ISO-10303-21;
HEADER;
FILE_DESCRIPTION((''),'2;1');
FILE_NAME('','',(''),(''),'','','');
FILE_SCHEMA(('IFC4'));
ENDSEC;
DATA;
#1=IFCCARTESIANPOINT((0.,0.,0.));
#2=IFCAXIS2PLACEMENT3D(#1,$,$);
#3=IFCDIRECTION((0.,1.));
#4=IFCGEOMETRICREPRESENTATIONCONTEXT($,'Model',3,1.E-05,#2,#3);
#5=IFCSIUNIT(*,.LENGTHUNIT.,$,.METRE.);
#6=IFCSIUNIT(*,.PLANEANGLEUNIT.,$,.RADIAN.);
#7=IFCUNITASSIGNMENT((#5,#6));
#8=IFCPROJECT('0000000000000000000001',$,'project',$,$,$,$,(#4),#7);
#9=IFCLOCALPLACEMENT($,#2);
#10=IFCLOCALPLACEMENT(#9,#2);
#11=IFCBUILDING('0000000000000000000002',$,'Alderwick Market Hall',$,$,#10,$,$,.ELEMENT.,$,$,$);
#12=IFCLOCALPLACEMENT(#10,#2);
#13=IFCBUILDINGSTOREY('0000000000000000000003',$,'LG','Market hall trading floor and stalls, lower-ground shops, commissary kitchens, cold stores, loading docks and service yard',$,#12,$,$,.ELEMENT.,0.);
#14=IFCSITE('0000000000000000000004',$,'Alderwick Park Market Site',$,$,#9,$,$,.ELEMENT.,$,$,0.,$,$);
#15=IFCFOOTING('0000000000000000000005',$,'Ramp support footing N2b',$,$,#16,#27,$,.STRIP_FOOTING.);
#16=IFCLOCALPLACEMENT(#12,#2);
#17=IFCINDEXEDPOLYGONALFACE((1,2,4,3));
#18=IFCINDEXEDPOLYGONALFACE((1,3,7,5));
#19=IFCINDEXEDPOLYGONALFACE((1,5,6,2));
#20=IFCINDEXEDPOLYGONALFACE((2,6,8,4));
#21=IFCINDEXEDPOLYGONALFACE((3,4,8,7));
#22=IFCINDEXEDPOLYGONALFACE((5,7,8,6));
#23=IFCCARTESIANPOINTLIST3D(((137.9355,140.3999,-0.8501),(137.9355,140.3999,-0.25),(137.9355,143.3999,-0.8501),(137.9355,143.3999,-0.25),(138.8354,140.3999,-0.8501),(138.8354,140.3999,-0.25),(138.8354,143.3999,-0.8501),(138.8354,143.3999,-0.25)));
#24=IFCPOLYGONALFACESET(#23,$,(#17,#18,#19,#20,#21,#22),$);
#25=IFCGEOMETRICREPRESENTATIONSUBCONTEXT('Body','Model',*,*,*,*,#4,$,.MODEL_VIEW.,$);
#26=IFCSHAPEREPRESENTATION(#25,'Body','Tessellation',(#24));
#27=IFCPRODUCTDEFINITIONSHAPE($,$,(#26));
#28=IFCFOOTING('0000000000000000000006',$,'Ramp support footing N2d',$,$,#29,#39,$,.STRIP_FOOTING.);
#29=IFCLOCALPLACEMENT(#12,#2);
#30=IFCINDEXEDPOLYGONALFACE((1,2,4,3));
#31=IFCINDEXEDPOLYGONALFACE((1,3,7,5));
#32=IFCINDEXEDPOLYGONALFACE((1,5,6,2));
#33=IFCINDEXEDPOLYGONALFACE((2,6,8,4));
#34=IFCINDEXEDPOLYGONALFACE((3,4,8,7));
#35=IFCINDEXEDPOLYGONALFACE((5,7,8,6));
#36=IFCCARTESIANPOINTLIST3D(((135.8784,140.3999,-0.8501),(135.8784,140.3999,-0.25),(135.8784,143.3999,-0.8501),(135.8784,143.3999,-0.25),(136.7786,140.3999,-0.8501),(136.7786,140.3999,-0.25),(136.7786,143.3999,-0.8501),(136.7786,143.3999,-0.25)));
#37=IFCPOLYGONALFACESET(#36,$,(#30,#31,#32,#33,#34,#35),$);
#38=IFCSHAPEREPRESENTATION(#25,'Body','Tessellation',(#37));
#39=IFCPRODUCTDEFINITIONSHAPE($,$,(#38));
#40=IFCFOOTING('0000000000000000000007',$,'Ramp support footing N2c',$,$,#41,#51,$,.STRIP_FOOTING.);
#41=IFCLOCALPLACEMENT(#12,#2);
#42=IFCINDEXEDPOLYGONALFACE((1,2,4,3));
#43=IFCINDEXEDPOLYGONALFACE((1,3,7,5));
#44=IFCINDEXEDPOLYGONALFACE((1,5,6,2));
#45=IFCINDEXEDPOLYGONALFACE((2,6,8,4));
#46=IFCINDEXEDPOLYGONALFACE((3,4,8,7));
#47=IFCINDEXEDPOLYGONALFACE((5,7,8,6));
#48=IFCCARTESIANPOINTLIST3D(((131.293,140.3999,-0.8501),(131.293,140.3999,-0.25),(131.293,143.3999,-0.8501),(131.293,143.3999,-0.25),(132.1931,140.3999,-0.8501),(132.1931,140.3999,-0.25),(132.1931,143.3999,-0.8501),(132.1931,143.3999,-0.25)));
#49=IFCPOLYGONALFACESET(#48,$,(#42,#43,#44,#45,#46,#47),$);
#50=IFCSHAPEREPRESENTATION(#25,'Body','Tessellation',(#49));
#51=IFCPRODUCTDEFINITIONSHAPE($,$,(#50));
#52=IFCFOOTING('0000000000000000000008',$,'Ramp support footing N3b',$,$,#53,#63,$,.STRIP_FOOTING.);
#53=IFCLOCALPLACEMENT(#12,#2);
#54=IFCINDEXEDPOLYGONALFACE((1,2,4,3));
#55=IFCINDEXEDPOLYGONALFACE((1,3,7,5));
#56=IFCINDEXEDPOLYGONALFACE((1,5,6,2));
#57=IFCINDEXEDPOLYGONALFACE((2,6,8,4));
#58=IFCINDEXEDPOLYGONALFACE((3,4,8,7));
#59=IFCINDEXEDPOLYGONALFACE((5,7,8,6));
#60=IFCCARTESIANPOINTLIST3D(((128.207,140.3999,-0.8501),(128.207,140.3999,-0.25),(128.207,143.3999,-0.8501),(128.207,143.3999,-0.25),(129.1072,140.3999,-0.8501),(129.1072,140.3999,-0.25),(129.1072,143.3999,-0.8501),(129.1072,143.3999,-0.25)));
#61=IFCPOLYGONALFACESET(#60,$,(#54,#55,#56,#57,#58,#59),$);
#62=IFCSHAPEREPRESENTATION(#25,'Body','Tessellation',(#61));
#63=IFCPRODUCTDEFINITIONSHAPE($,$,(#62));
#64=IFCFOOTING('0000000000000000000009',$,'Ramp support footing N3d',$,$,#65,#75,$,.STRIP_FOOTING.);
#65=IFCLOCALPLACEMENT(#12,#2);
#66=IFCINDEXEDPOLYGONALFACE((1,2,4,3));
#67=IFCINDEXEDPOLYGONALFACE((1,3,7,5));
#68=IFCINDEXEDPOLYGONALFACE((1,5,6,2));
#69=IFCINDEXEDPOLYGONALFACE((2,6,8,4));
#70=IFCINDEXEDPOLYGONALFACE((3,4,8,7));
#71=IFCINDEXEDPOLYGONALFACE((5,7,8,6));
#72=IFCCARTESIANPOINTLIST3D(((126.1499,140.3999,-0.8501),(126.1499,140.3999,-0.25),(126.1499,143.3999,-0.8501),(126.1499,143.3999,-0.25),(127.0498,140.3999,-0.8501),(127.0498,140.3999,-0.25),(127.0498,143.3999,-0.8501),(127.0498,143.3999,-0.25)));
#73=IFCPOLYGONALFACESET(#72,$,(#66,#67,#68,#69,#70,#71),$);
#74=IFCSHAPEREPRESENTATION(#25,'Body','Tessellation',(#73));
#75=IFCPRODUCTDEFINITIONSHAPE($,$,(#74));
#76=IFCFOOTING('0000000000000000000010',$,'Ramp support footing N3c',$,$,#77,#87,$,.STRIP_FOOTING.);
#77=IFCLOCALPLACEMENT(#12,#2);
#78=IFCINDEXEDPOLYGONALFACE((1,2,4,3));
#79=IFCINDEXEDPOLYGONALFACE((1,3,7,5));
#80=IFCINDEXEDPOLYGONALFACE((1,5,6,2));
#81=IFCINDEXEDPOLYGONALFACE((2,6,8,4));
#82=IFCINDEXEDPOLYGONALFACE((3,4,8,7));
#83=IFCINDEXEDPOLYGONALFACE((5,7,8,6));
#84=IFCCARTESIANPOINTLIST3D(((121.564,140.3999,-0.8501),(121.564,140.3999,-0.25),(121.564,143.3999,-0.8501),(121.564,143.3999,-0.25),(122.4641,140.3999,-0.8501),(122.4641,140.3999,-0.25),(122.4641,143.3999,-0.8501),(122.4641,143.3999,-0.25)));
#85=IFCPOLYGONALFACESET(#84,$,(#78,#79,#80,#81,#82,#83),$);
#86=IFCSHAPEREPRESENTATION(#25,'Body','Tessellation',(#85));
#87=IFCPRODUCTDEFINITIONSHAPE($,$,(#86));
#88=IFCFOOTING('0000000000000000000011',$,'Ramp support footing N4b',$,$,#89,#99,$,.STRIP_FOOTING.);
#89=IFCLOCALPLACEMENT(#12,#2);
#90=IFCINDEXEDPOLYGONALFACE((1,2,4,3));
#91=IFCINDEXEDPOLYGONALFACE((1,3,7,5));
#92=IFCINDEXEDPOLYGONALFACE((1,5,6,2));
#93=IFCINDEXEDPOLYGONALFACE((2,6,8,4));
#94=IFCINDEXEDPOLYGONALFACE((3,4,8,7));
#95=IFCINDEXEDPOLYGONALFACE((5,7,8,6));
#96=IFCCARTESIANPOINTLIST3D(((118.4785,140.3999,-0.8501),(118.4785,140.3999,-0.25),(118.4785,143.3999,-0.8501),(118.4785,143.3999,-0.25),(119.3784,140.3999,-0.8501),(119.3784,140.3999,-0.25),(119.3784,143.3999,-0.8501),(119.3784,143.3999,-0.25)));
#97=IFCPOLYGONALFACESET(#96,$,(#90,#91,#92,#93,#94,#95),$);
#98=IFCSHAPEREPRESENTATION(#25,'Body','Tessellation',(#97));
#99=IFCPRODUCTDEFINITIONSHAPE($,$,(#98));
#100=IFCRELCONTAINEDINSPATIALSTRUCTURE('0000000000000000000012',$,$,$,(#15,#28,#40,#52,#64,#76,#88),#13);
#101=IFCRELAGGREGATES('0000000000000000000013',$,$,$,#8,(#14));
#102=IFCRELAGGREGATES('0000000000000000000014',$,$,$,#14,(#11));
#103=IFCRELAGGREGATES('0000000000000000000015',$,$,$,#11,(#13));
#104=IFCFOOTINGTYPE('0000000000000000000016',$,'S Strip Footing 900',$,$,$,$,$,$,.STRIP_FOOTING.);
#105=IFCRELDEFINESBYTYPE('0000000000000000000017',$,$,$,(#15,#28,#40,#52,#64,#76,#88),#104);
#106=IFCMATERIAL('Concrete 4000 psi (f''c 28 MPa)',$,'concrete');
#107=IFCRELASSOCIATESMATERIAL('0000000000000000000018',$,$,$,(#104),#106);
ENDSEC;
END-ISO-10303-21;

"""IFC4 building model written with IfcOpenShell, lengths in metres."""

from ifc_helpers import new_model, si_unit, direction, frame, origin, place, context, subcontext, project, spatial, polyline, outline, extrude, material, type_object, element, save


model = new_model("IFC4")

# Units and contexts
model_context = context("Model", 3, precision=1e-05, world=origin(), true_north=direction((0.0, 1.0)))
body_context = subcontext(model_context, "Body", "Model", "MODEL_VIEW")
ifc_project = project(units=[si_unit("LENGTHUNIT", "METRE"), si_unit("PLANEANGLEUNIT", "RADIAN")], contexts=[model_context])

# Site, building, storey
site_placement = place(None, origin())
site = spatial("IfcSite", under=ifc_project, at=site_placement, Name="Alderwick Park Market Site", CompositionType="ELEMENT", RefElevation=0.0)
building_placement = place(site_placement, origin())
building = spatial("IfcBuilding", under=site, at=building_placement, Name="Alderwick Market Hall", CompositionType="ELEMENT")
storey_placement = place(building_placement, origin())
storey = spatial("IfcBuildingStorey", under=building, at=storey_placement, Name="LG", Description="Market hall trading floor and stalls, lower-ground shops, commissary kitchens, cold stores, loading docks and service yard", CompositionType="ELEMENT", Elevation=0.0)

# Footings
ifc_material = material(Name="Concrete 4000 psi (f'c 28 MPa)", Category="concrete")
footing_type = type_object("IfcFootingType", Name="S Strip Footing 900", PredefinedType="STRIP_FOOTING", material=ifc_material)
footing_1_placement = place(storey_placement, frame((0.0, 0.0, -0.8501)))
element("IfcFooting", 1, at=footing_1_placement, inside=storey, type_object=footing_type, Name="Ramp support footing N2b", PredefinedType="STRIP_FOOTING", context=body_context, shape_type="SweptSolid", body=[
    extrude(outline(polyline([(138.8354, 140.3999), (138.8354, 143.3999), (137.9355, 143.3999), (137.9355, 140.3999), (138.8354, 140.3999)])), origin(), (0.0, 0.0, 1.0), 0.6001),
])
footing_2_placement = place(storey_placement, frame((0.0, 0.0, -0.8501)))
element("IfcFooting", 2, at=footing_2_placement, inside=storey, type_object=footing_type, Name="Ramp support footing N2d", PredefinedType="STRIP_FOOTING", context=body_context, shape_type="SweptSolid", body=[
    extrude(outline(polyline([(136.7786, 140.3999), (136.7786, 143.3999), (135.8784, 143.3999), (135.8784, 140.3999), (136.7786, 140.3999)])), origin(), (0.0, 0.0, 1.0), 0.6001),
])
footing_3_placement = place(storey_placement, frame((0.0, 0.0, -0.8501)))
element("IfcFooting", 3, at=footing_3_placement, inside=storey, type_object=footing_type, Name="Ramp support footing N2c", PredefinedType="STRIP_FOOTING", context=body_context, shape_type="SweptSolid", body=[
    extrude(outline(polyline([(132.1931, 140.3999), (132.1931, 143.3999), (131.293, 143.3999), (131.293, 140.3999), (132.1931, 140.3999)])), origin(), (0.0, 0.0, 1.0), 0.6001),
])
footing_4_placement = place(storey_placement, frame((0.0, 0.0, -0.8501)))
element("IfcFooting", 4, at=footing_4_placement, inside=storey, type_object=footing_type, Name="Ramp support footing N3b", PredefinedType="STRIP_FOOTING", context=body_context, shape_type="SweptSolid", body=[
    extrude(outline(polyline([(129.1072, 140.3999), (129.1072, 143.3999), (128.207, 143.3999), (128.207, 140.3999), (129.1072, 140.3999)])), origin(), (0.0, 0.0, 1.0), 0.6001),
])
footing_5_placement = place(storey_placement, frame((0.0, 0.0, -0.8501)))
element("IfcFooting", 5, at=footing_5_placement, inside=storey, type_object=footing_type, Name="Ramp support footing N3d", PredefinedType="STRIP_FOOTING", context=body_context, shape_type="SweptSolid", body=[
    extrude(outline(polyline([(127.0498, 140.3999), (127.0498, 143.3999), (126.1499, 143.3999), (126.1499, 140.3999), (127.0498, 140.3999)])), origin(), (0.0, 0.0, 1.0), 0.6001),
])
footing_6_placement = place(storey_placement, frame((0.0, 0.0, -0.8501)))
element("IfcFooting", 6, at=footing_6_placement, inside=storey, type_object=footing_type, Name="Ramp support footing N3c", PredefinedType="STRIP_FOOTING", context=body_context, shape_type="SweptSolid", body=[
    extrude(outline(polyline([(122.4641, 140.3999), (122.4641, 143.3999), (121.564, 143.3999), (121.564, 140.3999), (122.4641, 140.3999)])), origin(), (0.0, 0.0, 1.0), 0.6001),
])
footing_7_placement = place(storey_placement, frame((0.0, 0.0, -0.8501)))
element("IfcFooting", 7, at=footing_7_placement, inside=storey, type_object=footing_type, Name="Ramp support footing N4b", PredefinedType="STRIP_FOOTING", context=body_context, shape_type="SweptSolid", body=[
    extrude(outline(polyline([(119.3784, 140.3999), (119.3784, 143.3999), (118.4785, 143.3999), (118.4785, 140.3999), (119.3784, 140.3999)])), origin(), (0.0, 0.0, 1.0), 0.6001),
])

save(model, "model.ifc")
